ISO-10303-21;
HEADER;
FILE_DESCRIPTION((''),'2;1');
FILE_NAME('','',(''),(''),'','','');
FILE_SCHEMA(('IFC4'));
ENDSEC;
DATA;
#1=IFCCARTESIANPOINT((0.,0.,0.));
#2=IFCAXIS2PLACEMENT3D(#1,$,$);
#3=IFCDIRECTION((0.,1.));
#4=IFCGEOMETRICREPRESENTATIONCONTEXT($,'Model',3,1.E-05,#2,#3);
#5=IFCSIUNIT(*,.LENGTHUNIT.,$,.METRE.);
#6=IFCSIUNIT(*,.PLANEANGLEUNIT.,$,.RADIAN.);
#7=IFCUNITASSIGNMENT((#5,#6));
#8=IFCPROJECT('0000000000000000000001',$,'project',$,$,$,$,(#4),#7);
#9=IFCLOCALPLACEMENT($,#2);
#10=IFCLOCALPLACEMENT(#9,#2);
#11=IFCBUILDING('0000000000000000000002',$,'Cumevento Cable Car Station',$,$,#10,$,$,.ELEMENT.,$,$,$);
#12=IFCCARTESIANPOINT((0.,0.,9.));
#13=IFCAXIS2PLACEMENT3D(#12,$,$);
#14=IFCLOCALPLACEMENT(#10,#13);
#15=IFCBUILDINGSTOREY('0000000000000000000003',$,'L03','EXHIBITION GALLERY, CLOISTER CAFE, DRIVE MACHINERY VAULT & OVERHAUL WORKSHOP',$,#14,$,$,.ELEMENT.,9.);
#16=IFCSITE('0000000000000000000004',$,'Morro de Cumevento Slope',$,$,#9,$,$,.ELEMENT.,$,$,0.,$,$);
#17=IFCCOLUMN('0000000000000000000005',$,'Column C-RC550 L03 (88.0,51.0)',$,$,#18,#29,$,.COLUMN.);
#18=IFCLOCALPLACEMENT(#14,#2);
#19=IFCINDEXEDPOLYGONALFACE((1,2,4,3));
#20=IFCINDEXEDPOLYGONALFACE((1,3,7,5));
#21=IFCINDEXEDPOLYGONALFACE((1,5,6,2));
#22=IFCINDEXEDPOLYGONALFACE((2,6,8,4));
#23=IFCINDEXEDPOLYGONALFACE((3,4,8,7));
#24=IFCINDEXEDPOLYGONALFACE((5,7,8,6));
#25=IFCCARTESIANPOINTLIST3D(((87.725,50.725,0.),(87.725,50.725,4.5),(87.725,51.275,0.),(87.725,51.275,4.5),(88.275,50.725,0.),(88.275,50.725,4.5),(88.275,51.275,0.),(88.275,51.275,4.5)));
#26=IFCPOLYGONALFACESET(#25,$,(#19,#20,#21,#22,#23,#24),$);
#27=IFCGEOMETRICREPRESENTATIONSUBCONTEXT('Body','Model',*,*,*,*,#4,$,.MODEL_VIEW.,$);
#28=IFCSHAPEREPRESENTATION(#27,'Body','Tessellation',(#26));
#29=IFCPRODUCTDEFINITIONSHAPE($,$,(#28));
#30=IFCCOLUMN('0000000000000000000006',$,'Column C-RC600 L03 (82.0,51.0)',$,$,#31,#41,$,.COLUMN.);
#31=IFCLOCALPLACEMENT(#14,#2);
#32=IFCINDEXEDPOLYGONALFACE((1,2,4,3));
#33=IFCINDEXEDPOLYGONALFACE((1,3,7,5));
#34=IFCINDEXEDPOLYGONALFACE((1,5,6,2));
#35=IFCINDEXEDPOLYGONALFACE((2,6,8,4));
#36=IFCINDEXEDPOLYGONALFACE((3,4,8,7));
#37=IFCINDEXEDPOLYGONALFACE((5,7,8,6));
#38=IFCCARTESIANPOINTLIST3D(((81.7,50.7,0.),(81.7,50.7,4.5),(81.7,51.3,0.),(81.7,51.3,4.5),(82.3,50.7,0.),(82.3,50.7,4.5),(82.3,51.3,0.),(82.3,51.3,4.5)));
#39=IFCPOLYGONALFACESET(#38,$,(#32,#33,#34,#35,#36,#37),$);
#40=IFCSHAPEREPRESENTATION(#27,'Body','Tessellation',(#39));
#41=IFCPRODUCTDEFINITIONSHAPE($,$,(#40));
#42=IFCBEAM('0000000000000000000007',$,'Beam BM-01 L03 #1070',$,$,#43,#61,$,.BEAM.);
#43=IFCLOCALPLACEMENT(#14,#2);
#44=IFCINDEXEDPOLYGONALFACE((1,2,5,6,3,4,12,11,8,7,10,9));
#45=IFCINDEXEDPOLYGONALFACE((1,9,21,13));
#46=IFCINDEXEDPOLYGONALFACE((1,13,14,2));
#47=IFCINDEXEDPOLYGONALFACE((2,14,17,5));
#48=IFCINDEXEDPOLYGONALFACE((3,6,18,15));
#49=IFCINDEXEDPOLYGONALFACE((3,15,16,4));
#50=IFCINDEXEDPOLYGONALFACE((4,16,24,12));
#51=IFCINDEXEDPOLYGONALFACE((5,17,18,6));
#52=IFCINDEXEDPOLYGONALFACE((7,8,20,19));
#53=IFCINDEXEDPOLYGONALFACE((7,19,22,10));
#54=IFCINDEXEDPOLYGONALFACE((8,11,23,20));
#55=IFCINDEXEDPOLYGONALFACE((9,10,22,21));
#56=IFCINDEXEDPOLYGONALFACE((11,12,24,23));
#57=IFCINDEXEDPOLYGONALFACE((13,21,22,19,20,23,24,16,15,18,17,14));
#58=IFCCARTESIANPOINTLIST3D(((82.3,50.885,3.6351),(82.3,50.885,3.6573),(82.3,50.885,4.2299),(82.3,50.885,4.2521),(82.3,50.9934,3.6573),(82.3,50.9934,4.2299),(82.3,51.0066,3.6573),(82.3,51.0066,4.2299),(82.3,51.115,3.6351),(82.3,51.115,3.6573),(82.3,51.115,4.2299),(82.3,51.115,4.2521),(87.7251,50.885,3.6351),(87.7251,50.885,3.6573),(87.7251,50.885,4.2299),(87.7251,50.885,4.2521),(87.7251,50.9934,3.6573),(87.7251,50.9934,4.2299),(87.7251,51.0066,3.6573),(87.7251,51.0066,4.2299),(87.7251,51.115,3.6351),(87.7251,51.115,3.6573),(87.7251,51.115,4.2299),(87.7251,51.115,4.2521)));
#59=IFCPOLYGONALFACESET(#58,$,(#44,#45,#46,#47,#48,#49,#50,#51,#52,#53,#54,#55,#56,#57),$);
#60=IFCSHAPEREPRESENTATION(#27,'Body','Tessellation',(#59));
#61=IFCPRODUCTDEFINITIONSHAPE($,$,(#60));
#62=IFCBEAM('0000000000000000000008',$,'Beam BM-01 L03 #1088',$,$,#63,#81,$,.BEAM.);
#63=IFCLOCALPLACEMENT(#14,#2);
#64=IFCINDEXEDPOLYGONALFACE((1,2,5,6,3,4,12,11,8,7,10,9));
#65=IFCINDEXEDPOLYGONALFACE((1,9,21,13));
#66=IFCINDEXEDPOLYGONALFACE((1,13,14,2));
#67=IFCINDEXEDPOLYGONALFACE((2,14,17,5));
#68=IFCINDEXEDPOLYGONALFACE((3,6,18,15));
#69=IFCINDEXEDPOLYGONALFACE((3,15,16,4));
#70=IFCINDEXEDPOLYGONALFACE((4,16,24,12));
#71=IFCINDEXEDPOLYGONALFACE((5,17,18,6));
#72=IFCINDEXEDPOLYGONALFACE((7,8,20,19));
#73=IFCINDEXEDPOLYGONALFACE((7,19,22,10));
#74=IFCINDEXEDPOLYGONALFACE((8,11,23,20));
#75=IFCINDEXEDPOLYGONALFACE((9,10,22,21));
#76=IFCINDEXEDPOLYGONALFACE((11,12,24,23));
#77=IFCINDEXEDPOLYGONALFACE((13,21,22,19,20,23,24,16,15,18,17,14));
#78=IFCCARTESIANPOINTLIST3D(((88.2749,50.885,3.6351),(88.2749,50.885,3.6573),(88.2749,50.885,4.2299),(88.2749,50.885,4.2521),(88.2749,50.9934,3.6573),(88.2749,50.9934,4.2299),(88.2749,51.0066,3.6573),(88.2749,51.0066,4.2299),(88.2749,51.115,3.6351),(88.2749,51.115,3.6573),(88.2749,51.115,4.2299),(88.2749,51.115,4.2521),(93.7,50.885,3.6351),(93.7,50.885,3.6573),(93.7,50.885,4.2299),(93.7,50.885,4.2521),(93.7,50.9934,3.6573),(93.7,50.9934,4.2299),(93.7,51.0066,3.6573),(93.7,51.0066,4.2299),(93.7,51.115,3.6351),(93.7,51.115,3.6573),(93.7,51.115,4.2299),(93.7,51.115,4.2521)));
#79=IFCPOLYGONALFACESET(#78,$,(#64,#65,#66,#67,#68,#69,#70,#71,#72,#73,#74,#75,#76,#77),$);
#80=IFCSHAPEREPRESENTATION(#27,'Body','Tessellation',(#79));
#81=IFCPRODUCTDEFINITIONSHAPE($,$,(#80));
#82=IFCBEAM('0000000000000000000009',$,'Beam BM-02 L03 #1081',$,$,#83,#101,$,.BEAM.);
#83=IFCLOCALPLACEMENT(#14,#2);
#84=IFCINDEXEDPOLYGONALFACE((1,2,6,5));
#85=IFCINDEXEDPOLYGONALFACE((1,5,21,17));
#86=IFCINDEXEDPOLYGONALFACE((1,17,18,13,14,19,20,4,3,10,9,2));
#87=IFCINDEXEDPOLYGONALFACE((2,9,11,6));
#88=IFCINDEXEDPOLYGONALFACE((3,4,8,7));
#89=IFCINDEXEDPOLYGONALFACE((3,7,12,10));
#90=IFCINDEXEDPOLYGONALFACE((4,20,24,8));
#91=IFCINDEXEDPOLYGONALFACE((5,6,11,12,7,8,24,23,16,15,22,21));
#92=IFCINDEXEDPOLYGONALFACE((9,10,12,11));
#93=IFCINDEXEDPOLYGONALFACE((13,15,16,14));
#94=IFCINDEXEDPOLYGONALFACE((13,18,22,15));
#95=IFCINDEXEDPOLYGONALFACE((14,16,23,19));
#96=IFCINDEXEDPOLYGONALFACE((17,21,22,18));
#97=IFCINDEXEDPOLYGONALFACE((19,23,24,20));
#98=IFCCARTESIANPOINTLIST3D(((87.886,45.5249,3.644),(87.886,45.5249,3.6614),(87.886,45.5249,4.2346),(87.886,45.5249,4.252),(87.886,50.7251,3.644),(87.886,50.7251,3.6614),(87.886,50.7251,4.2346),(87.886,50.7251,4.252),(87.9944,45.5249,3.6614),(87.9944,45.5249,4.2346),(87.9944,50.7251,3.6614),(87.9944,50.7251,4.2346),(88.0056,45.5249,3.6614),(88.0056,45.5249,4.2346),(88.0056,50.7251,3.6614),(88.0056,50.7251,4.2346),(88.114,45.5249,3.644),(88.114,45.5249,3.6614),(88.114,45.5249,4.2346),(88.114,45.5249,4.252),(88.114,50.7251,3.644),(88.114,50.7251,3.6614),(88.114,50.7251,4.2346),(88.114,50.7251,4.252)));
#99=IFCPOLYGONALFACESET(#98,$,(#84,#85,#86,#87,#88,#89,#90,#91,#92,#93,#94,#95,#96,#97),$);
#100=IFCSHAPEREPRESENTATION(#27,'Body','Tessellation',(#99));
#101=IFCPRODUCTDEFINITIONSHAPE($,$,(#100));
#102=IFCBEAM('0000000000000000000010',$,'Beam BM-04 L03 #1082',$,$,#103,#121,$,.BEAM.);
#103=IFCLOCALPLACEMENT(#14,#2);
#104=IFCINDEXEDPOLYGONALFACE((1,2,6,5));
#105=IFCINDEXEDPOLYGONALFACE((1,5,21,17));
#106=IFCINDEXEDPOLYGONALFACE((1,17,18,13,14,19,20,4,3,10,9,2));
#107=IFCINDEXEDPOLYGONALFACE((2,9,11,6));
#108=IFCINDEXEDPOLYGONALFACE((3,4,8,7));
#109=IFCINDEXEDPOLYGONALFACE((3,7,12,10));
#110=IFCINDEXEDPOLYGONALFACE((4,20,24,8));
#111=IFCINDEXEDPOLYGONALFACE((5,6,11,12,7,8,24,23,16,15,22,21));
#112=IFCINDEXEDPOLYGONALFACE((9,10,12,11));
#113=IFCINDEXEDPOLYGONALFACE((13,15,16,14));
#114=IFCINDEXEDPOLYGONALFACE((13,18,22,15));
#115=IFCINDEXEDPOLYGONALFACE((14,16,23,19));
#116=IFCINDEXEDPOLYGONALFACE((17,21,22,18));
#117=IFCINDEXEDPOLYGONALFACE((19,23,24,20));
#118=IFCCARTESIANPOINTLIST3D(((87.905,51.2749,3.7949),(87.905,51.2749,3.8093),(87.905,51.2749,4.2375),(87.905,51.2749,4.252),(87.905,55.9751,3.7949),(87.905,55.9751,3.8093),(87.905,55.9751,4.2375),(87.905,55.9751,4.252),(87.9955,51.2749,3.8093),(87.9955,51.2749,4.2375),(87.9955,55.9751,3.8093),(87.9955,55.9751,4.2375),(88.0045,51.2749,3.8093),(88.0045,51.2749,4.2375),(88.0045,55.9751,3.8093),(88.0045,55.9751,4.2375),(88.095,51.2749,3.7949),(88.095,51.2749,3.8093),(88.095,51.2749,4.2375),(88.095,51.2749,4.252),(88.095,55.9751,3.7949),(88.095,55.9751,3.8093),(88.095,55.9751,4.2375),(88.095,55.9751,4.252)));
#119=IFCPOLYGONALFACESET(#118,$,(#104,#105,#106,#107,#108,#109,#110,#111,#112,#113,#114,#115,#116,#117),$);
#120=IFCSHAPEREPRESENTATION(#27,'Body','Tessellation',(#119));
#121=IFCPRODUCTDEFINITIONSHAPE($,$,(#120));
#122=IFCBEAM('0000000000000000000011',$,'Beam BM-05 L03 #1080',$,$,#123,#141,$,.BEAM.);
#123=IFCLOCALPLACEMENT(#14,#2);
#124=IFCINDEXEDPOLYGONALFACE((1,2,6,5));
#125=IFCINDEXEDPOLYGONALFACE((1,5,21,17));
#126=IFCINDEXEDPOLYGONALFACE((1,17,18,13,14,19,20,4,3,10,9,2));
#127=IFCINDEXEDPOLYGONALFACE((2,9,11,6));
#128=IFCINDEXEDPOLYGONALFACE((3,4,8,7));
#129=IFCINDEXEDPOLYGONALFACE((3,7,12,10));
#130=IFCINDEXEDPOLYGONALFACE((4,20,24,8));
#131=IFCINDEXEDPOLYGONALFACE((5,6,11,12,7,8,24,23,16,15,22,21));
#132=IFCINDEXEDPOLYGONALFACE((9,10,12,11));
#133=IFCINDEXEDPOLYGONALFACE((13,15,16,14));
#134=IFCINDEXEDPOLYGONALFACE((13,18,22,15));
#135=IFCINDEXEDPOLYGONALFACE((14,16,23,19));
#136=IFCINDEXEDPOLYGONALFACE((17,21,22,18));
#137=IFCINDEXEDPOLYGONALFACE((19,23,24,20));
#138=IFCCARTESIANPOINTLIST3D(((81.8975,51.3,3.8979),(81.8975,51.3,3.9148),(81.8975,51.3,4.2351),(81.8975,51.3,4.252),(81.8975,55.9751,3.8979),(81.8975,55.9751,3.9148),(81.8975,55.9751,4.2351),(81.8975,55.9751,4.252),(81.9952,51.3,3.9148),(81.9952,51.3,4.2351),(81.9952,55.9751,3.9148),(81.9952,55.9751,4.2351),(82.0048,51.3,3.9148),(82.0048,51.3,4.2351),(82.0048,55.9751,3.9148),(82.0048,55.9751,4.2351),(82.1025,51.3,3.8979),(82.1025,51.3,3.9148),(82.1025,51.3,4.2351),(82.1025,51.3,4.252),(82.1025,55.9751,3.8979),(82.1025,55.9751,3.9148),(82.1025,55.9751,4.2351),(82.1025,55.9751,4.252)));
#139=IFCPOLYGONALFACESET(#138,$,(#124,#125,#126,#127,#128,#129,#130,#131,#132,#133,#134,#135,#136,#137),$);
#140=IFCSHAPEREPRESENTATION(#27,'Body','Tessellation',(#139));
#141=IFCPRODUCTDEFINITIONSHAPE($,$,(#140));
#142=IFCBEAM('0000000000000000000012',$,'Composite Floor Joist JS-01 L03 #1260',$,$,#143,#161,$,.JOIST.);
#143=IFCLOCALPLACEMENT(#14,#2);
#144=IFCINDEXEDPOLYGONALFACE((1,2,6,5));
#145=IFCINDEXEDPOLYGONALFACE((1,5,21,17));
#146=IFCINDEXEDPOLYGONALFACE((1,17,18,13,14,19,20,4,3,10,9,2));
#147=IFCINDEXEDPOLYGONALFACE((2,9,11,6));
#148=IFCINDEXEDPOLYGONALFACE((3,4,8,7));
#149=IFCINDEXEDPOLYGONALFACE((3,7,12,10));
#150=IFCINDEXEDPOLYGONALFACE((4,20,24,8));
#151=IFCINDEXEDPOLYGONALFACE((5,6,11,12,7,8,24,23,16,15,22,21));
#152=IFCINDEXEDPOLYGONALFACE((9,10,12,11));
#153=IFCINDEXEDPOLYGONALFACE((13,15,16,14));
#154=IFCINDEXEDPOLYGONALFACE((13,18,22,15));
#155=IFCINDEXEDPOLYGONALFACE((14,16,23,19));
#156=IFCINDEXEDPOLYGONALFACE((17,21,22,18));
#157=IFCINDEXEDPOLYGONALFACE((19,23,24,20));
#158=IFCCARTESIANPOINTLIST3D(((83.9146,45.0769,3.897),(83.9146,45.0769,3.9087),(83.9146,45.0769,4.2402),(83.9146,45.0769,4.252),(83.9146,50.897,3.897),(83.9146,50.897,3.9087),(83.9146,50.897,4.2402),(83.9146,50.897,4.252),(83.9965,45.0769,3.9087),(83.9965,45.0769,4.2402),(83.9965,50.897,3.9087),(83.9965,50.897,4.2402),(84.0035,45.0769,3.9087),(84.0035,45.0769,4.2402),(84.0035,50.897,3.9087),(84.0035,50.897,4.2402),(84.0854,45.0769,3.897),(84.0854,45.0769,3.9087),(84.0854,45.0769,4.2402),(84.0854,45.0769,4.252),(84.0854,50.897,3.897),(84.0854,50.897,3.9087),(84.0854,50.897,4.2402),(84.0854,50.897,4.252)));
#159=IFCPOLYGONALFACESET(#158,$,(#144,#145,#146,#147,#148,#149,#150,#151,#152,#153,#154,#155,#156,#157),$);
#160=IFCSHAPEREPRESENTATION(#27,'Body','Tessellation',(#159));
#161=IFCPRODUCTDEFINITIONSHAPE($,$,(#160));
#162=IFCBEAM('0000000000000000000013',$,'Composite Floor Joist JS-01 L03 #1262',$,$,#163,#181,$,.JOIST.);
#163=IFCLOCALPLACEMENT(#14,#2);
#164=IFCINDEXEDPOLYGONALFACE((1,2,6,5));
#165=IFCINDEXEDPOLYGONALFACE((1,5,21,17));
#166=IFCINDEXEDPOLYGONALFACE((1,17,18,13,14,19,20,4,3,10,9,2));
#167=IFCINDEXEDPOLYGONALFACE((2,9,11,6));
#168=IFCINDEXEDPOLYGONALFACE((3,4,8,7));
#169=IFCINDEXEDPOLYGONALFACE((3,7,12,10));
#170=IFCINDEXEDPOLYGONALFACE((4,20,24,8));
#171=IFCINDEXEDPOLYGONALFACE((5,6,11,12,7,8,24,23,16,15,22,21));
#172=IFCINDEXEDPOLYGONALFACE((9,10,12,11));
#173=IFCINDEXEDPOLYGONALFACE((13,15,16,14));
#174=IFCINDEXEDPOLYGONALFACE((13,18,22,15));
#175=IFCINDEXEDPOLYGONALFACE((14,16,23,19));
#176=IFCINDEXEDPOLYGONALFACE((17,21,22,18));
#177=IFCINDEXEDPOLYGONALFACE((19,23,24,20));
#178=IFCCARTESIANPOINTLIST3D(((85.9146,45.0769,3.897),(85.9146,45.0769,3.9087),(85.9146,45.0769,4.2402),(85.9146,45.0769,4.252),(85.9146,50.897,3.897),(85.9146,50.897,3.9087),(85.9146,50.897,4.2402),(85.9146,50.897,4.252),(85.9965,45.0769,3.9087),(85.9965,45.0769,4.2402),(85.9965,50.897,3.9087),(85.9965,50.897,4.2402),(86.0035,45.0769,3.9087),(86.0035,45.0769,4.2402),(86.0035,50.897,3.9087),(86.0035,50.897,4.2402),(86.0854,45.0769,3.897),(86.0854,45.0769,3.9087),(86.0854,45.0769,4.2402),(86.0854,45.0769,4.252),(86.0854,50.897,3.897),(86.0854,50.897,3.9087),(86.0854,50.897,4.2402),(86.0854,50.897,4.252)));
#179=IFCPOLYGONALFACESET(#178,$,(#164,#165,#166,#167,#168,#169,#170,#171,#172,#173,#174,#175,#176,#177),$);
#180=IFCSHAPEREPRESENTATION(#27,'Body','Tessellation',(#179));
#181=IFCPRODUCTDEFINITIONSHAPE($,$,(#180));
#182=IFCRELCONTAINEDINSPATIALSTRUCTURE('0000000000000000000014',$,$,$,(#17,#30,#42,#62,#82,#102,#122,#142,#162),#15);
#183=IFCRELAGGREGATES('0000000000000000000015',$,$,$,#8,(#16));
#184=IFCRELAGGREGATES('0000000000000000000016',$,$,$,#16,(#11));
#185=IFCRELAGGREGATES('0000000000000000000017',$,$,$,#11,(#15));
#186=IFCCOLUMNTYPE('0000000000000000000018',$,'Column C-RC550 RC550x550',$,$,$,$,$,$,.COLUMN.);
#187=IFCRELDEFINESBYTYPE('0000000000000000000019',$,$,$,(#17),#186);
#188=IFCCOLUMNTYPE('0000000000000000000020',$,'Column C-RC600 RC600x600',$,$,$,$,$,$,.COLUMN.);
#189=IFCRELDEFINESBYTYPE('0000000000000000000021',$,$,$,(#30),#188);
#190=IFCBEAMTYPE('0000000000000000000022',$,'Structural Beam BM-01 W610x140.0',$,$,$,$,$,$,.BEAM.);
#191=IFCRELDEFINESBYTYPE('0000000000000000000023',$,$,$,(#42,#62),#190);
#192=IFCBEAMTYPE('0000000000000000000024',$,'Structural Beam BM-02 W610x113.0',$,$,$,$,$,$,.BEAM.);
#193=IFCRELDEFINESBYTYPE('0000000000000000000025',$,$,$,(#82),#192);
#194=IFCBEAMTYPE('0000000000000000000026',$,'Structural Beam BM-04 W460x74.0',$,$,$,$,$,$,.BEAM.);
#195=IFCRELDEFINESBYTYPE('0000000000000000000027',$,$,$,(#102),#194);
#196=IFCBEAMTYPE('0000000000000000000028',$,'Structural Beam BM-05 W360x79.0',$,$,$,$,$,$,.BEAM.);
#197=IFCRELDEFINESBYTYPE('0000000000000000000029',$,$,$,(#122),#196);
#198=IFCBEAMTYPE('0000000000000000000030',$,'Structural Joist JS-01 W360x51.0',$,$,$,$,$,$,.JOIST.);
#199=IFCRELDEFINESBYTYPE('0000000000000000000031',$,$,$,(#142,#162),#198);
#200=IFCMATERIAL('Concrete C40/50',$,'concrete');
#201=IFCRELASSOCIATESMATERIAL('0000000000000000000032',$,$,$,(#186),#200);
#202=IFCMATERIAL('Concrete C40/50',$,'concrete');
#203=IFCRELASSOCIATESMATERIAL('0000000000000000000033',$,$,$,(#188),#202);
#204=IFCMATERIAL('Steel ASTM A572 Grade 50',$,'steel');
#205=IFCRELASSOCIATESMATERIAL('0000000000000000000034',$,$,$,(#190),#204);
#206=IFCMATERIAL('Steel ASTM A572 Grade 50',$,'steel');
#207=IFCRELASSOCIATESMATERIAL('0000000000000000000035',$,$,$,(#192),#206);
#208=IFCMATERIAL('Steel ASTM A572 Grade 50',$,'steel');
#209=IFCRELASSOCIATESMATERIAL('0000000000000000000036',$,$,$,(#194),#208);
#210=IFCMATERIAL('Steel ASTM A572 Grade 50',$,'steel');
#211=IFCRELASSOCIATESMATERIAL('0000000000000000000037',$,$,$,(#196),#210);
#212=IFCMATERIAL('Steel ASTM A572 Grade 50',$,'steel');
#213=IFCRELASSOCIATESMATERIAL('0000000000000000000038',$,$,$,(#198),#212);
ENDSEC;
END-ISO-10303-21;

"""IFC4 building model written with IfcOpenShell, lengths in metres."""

from ifc_helpers import new_model, si_unit, direction, frame, origin, origin_2d, place, context, subcontext, project, spatial, rectangle, i_section, extrude, material, material_profile, profile_set, type_object, element, save


model = new_model("IFC4")

# Units and contexts
model_context = context("Model", 3, precision=1e-05, world=origin(), true_north=direction((0.0, 1.0)))
body_context = subcontext(model_context, "Body", "Model", "MODEL_VIEW")
ifc_project = project(units=[si_unit("LENGTHUNIT", "METRE"), si_unit("PLANEANGLEUNIT", "RADIAN")], contexts=[model_context])

# Site, building, storey
site_placement = place(None, origin())
site = spatial("IfcSite", under=ifc_project, at=site_placement, Name="Morro de Cumevento Slope", CompositionType="ELEMENT", RefElevation=0.0)
building_placement = place(site_placement, origin())
building = spatial("IfcBuilding", under=site, at=building_placement, Name="Cumevento Cable Car Station", CompositionType="ELEMENT")
storey_placement = place(building_placement, frame((0.0, 0.0, 9.0)))
storey = spatial("IfcBuildingStorey", under=building, at=storey_placement, Name="L03", Description="EXHIBITION GALLERY, CLOISTER CAFE, DRIVE MACHINERY VAULT & OVERHAUL WORKSHOP", CompositionType="ELEMENT", Elevation=9.0)

# Columns
ifc_material_1 = material(Name="Concrete C40/50", Category="concrete")
ifc_material_profile_1 = material_profile(ifc_material_1, rectangle(XDim=0.55, YDim=0.55, at=origin_2d()), Name="RC550x550")
ifc_profile_set_1 = profile_set([ifc_material_profile_1], Name="Concrete C40/50")
column_type_1 = type_object("IfcColumnType", Name="Column C-RC550 RC550x550", PredefinedType="COLUMN", material=ifc_profile_set_1)
column_1_placement = place(storey_placement, frame((88.0, 51.0, 0.0), z_axis=(0.0, 0.0, 1.0), x_axis=(1.0, 0.0, 0.0)))
element("IfcColumn", 1, at=column_1_placement, inside=storey, type_object=column_type_1, Name="Column C-RC550 L03 (88.0,51.0)", PredefinedType="COLUMN", context=body_context, shape_type="SweptSolid", body=[
    extrude(rectangle(XDim=0.55, YDim=0.55, at=origin_2d()), origin(), (0.0, 0.0, 1.0), 4.5),
])
ifc_material_2 = material(Name="Concrete C40/50", Category="concrete")
ifc_material_profile_2 = material_profile(ifc_material_2, rectangle(XDim=0.6001, YDim=0.6001, at=origin_2d()), Name="RC600x600")
ifc_profile_set_2 = profile_set([ifc_material_profile_2], Name="Concrete C40/50")
column_type_2 = type_object("IfcColumnType", Name="Column C-RC600 RC600x600", PredefinedType="COLUMN", material=ifc_profile_set_2)
column_2_placement = place(storey_placement, frame((82.0, 51.0, 0.0), z_axis=(0.0, 0.0, 1.0), x_axis=(1.0, 0.0, 0.0)))
element("IfcColumn", 2, at=column_2_placement, inside=storey, type_object=column_type_2, Name="Column C-RC600 L03 (82.0,51.0)", PredefinedType="COLUMN", context=body_context, shape_type="SweptSolid", body=[
    extrude(rectangle(XDim=0.6001, YDim=0.6001, at=origin_2d()), origin(), (0.0, 0.0, 1.0), 4.5),
])

# Beams
ifc_material_3 = material(Name="Steel ASTM A572 Grade 50", Category="steel")
ifc_material_profile_3 = material_profile(ifc_material_3, i_section(OverallWidth=0.23, OverallDepth=0.6169, WebThickness=0.0132, FlangeThickness=0.0222, at=origin_2d()), Name="W610x140.0")
ifc_profile_set_3 = profile_set([ifc_material_profile_3], Name="Steel ASTM A572 Grade 50")
beam_type_1 = type_object("IfcBeamType", Name="Structural Beam BM-01 W610x140.0", PredefinedType="BEAM", material=ifc_profile_set_3)
for number, where, z_axis, x_axis, name in (
    (3, (82.3, 51.0, 3.9436), (1.0, 0.0, 0.0), (0.0, 1.0, 0.0), "Beam BM-01 L03 #1070"),
    (4, (88.2749, 51.0, 3.9436), (1.0, 0.0, 0.0), (0.0, 1.0, 0.0), "Beam BM-01 L03 #1088"),
):
    element("IfcBeam", number, at=place(storey_placement, frame(where, z_axis=z_axis, x_axis=x_axis)), inside=storey, type_object=beam_type_1, Name=name, PredefinedType="BEAM", context=body_context, shape_type="SweptSolid", body=[
        extrude(i_section(OverallWidth=0.23, OverallDepth=0.6169, WebThickness=0.0132, FlangeThickness=0.0222, at=origin_2d()), origin(), (0.0, 0.0, 1.0), 5.425),
    ])
ifc_material_4 = material(Name="Steel ASTM A572 Grade 50", Category="steel")
ifc_material_profile_4 = material_profile(ifc_material_4, i_section(OverallWidth=0.228, OverallDepth=0.6079, WebThickness=0.0112, FlangeThickness=0.0173, at=origin_2d()), Name="W610x113.0")
ifc_profile_set_4 = profile_set([ifc_material_profile_4], Name="Steel ASTM A572 Grade 50")
beam_type_2 = type_object("IfcBeamType", Name="Structural Beam BM-02 W610x113.0", PredefinedType="BEAM", material=ifc_profile_set_4)
beam_1_placement = place(storey_placement, frame((88.0, 45.5249, 3.948), z_axis=(0.0, 1.0, 0.0), x_axis=(-1.0, 0.0, 0.0)))
element("IfcBeam", 5, at=beam_1_placement, inside=storey, type_object=beam_type_2, Name="Beam BM-02 L03 #1081", PredefinedType="BEAM", context=body_context, shape_type="SweptSolid", body=[
    extrude(i_section(OverallWidth=0.228, OverallDepth=0.6079, WebThickness=0.0112, FlangeThickness=0.0173, at=origin_2d()), origin(), (0.0, 0.0, 1.0), 5.2002),
])
ifc_material_5 = material(Name="Steel ASTM A572 Grade 50", Category="steel")
ifc_material_profile_5 = material_profile(ifc_material_5, i_section(OverallWidth=0.1899, OverallDepth=0.457, WebThickness=0.009, FlangeThickness=0.0144, at=origin_2d()), Name="W460x74.0")
ifc_profile_set_5 = profile_set([ifc_material_profile_5], Name="Steel ASTM A572 Grade 50")
beam_type_3 = type_object("IfcBeamType", Name="Structural Beam BM-04 W460x74.0", PredefinedType="BEAM", material=ifc_profile_set_5)
beam_2_placement = place(storey_placement, frame((88.0, 51.2749, 4.0234), z_axis=(0.0, 1.0, 0.0), x_axis=(-1.0, 0.0, 0.0)))
element("IfcBeam", 6, at=beam_2_placement, inside=storey, type_object=beam_type_3, Name="Beam BM-04 L03 #1082", PredefinedType="BEAM", context=body_context, shape_type="SweptSolid", body=[
    extrude(i_section(OverallWidth=0.1899, OverallDepth=0.457, WebThickness=0.009, FlangeThickness=0.0144, at=origin_2d()), origin(), (0.0, 0.0, 1.0), 4.7002),
])
ifc_material_6 = material(Name="Steel ASTM A572 Grade 50", Category="steel")
ifc_material_profile_6 = material_profile(ifc_material_6, i_section(OverallWidth=0.2051, OverallDepth=0.354, WebThickness=0.0095, FlangeThickness=0.0168, at=origin_2d()), Name="W360x79.0")
ifc_profile_set_6 = profile_set([ifc_material_profile_6], Name="Steel ASTM A572 Grade 50")
beam_type_4 = type_object("IfcBeamType", Name="Structural Beam BM-05 W360x79.0", PredefinedType="BEAM", material=ifc_profile_set_6)
beam_3_placement = place(storey_placement, frame((82.0, 51.3, 4.075), z_axis=(0.0, 1.0, 0.0), x_axis=(-1.0, 0.0, 0.0)))
element("IfcBeam", 7, at=beam_3_placement, inside=storey, type_object=beam_type_4, Name="Beam BM-05 L03 #1080", PredefinedType="BEAM", context=body_context, shape_type="SweptSolid", body=[
    extrude(i_section(OverallWidth=0.2051, OverallDepth=0.354, WebThickness=0.0095, FlangeThickness=0.0168, at=origin_2d()), origin(), (0.0, 0.0, 1.0), 4.675),
])
ifc_material_7 = material(Name="Steel ASTM A572 Grade 50", Category="steel")
ifc_material_profile_7 = material_profile(ifc_material_7, i_section(OverallWidth=0.1709, OverallDepth=0.355, WebThickness=0.0071, FlangeThickness=0.0117, at=origin_2d()), Name="W360x51.0")
ifc_profile_set_7 = profile_set([ifc_material_profile_7], Name="Steel ASTM A572 Grade 50")
beam_type_5 = type_object("IfcBeamType", Name="Structural Joist JS-01 W360x51.0", PredefinedType="JOIST", material=ifc_profile_set_7)
for number, where, z_axis, x_axis, name in (
    (8, (84.0, 45.0769, 4.0745), (0.0, 1.0, 0.0), (-1.0, 0.0, 0.0), "Composite Floor Joist JS-01 L03 #1260"),
    (9, (86.0, 45.0769, 4.0745), (0.0, 1.0, 0.0), (-1.0, 0.0, 0.0), "Composite Floor Joist JS-01 L03 #1262"),
):
    element("IfcBeam", number, at=place(storey_placement, frame(where, z_axis=z_axis, x_axis=x_axis)), inside=storey, type_object=beam_type_5, Name=name, PredefinedType="JOIST", context=body_context, shape_type="SweptSolid", body=[
        extrude(i_section(OverallWidth=0.1709, OverallDepth=0.355, WebThickness=0.0071, FlangeThickness=0.0117, at=origin_2d()), origin(), (0.0, 0.0, 1.0), 5.8201),
    ])

save(model, "model.ifc")
